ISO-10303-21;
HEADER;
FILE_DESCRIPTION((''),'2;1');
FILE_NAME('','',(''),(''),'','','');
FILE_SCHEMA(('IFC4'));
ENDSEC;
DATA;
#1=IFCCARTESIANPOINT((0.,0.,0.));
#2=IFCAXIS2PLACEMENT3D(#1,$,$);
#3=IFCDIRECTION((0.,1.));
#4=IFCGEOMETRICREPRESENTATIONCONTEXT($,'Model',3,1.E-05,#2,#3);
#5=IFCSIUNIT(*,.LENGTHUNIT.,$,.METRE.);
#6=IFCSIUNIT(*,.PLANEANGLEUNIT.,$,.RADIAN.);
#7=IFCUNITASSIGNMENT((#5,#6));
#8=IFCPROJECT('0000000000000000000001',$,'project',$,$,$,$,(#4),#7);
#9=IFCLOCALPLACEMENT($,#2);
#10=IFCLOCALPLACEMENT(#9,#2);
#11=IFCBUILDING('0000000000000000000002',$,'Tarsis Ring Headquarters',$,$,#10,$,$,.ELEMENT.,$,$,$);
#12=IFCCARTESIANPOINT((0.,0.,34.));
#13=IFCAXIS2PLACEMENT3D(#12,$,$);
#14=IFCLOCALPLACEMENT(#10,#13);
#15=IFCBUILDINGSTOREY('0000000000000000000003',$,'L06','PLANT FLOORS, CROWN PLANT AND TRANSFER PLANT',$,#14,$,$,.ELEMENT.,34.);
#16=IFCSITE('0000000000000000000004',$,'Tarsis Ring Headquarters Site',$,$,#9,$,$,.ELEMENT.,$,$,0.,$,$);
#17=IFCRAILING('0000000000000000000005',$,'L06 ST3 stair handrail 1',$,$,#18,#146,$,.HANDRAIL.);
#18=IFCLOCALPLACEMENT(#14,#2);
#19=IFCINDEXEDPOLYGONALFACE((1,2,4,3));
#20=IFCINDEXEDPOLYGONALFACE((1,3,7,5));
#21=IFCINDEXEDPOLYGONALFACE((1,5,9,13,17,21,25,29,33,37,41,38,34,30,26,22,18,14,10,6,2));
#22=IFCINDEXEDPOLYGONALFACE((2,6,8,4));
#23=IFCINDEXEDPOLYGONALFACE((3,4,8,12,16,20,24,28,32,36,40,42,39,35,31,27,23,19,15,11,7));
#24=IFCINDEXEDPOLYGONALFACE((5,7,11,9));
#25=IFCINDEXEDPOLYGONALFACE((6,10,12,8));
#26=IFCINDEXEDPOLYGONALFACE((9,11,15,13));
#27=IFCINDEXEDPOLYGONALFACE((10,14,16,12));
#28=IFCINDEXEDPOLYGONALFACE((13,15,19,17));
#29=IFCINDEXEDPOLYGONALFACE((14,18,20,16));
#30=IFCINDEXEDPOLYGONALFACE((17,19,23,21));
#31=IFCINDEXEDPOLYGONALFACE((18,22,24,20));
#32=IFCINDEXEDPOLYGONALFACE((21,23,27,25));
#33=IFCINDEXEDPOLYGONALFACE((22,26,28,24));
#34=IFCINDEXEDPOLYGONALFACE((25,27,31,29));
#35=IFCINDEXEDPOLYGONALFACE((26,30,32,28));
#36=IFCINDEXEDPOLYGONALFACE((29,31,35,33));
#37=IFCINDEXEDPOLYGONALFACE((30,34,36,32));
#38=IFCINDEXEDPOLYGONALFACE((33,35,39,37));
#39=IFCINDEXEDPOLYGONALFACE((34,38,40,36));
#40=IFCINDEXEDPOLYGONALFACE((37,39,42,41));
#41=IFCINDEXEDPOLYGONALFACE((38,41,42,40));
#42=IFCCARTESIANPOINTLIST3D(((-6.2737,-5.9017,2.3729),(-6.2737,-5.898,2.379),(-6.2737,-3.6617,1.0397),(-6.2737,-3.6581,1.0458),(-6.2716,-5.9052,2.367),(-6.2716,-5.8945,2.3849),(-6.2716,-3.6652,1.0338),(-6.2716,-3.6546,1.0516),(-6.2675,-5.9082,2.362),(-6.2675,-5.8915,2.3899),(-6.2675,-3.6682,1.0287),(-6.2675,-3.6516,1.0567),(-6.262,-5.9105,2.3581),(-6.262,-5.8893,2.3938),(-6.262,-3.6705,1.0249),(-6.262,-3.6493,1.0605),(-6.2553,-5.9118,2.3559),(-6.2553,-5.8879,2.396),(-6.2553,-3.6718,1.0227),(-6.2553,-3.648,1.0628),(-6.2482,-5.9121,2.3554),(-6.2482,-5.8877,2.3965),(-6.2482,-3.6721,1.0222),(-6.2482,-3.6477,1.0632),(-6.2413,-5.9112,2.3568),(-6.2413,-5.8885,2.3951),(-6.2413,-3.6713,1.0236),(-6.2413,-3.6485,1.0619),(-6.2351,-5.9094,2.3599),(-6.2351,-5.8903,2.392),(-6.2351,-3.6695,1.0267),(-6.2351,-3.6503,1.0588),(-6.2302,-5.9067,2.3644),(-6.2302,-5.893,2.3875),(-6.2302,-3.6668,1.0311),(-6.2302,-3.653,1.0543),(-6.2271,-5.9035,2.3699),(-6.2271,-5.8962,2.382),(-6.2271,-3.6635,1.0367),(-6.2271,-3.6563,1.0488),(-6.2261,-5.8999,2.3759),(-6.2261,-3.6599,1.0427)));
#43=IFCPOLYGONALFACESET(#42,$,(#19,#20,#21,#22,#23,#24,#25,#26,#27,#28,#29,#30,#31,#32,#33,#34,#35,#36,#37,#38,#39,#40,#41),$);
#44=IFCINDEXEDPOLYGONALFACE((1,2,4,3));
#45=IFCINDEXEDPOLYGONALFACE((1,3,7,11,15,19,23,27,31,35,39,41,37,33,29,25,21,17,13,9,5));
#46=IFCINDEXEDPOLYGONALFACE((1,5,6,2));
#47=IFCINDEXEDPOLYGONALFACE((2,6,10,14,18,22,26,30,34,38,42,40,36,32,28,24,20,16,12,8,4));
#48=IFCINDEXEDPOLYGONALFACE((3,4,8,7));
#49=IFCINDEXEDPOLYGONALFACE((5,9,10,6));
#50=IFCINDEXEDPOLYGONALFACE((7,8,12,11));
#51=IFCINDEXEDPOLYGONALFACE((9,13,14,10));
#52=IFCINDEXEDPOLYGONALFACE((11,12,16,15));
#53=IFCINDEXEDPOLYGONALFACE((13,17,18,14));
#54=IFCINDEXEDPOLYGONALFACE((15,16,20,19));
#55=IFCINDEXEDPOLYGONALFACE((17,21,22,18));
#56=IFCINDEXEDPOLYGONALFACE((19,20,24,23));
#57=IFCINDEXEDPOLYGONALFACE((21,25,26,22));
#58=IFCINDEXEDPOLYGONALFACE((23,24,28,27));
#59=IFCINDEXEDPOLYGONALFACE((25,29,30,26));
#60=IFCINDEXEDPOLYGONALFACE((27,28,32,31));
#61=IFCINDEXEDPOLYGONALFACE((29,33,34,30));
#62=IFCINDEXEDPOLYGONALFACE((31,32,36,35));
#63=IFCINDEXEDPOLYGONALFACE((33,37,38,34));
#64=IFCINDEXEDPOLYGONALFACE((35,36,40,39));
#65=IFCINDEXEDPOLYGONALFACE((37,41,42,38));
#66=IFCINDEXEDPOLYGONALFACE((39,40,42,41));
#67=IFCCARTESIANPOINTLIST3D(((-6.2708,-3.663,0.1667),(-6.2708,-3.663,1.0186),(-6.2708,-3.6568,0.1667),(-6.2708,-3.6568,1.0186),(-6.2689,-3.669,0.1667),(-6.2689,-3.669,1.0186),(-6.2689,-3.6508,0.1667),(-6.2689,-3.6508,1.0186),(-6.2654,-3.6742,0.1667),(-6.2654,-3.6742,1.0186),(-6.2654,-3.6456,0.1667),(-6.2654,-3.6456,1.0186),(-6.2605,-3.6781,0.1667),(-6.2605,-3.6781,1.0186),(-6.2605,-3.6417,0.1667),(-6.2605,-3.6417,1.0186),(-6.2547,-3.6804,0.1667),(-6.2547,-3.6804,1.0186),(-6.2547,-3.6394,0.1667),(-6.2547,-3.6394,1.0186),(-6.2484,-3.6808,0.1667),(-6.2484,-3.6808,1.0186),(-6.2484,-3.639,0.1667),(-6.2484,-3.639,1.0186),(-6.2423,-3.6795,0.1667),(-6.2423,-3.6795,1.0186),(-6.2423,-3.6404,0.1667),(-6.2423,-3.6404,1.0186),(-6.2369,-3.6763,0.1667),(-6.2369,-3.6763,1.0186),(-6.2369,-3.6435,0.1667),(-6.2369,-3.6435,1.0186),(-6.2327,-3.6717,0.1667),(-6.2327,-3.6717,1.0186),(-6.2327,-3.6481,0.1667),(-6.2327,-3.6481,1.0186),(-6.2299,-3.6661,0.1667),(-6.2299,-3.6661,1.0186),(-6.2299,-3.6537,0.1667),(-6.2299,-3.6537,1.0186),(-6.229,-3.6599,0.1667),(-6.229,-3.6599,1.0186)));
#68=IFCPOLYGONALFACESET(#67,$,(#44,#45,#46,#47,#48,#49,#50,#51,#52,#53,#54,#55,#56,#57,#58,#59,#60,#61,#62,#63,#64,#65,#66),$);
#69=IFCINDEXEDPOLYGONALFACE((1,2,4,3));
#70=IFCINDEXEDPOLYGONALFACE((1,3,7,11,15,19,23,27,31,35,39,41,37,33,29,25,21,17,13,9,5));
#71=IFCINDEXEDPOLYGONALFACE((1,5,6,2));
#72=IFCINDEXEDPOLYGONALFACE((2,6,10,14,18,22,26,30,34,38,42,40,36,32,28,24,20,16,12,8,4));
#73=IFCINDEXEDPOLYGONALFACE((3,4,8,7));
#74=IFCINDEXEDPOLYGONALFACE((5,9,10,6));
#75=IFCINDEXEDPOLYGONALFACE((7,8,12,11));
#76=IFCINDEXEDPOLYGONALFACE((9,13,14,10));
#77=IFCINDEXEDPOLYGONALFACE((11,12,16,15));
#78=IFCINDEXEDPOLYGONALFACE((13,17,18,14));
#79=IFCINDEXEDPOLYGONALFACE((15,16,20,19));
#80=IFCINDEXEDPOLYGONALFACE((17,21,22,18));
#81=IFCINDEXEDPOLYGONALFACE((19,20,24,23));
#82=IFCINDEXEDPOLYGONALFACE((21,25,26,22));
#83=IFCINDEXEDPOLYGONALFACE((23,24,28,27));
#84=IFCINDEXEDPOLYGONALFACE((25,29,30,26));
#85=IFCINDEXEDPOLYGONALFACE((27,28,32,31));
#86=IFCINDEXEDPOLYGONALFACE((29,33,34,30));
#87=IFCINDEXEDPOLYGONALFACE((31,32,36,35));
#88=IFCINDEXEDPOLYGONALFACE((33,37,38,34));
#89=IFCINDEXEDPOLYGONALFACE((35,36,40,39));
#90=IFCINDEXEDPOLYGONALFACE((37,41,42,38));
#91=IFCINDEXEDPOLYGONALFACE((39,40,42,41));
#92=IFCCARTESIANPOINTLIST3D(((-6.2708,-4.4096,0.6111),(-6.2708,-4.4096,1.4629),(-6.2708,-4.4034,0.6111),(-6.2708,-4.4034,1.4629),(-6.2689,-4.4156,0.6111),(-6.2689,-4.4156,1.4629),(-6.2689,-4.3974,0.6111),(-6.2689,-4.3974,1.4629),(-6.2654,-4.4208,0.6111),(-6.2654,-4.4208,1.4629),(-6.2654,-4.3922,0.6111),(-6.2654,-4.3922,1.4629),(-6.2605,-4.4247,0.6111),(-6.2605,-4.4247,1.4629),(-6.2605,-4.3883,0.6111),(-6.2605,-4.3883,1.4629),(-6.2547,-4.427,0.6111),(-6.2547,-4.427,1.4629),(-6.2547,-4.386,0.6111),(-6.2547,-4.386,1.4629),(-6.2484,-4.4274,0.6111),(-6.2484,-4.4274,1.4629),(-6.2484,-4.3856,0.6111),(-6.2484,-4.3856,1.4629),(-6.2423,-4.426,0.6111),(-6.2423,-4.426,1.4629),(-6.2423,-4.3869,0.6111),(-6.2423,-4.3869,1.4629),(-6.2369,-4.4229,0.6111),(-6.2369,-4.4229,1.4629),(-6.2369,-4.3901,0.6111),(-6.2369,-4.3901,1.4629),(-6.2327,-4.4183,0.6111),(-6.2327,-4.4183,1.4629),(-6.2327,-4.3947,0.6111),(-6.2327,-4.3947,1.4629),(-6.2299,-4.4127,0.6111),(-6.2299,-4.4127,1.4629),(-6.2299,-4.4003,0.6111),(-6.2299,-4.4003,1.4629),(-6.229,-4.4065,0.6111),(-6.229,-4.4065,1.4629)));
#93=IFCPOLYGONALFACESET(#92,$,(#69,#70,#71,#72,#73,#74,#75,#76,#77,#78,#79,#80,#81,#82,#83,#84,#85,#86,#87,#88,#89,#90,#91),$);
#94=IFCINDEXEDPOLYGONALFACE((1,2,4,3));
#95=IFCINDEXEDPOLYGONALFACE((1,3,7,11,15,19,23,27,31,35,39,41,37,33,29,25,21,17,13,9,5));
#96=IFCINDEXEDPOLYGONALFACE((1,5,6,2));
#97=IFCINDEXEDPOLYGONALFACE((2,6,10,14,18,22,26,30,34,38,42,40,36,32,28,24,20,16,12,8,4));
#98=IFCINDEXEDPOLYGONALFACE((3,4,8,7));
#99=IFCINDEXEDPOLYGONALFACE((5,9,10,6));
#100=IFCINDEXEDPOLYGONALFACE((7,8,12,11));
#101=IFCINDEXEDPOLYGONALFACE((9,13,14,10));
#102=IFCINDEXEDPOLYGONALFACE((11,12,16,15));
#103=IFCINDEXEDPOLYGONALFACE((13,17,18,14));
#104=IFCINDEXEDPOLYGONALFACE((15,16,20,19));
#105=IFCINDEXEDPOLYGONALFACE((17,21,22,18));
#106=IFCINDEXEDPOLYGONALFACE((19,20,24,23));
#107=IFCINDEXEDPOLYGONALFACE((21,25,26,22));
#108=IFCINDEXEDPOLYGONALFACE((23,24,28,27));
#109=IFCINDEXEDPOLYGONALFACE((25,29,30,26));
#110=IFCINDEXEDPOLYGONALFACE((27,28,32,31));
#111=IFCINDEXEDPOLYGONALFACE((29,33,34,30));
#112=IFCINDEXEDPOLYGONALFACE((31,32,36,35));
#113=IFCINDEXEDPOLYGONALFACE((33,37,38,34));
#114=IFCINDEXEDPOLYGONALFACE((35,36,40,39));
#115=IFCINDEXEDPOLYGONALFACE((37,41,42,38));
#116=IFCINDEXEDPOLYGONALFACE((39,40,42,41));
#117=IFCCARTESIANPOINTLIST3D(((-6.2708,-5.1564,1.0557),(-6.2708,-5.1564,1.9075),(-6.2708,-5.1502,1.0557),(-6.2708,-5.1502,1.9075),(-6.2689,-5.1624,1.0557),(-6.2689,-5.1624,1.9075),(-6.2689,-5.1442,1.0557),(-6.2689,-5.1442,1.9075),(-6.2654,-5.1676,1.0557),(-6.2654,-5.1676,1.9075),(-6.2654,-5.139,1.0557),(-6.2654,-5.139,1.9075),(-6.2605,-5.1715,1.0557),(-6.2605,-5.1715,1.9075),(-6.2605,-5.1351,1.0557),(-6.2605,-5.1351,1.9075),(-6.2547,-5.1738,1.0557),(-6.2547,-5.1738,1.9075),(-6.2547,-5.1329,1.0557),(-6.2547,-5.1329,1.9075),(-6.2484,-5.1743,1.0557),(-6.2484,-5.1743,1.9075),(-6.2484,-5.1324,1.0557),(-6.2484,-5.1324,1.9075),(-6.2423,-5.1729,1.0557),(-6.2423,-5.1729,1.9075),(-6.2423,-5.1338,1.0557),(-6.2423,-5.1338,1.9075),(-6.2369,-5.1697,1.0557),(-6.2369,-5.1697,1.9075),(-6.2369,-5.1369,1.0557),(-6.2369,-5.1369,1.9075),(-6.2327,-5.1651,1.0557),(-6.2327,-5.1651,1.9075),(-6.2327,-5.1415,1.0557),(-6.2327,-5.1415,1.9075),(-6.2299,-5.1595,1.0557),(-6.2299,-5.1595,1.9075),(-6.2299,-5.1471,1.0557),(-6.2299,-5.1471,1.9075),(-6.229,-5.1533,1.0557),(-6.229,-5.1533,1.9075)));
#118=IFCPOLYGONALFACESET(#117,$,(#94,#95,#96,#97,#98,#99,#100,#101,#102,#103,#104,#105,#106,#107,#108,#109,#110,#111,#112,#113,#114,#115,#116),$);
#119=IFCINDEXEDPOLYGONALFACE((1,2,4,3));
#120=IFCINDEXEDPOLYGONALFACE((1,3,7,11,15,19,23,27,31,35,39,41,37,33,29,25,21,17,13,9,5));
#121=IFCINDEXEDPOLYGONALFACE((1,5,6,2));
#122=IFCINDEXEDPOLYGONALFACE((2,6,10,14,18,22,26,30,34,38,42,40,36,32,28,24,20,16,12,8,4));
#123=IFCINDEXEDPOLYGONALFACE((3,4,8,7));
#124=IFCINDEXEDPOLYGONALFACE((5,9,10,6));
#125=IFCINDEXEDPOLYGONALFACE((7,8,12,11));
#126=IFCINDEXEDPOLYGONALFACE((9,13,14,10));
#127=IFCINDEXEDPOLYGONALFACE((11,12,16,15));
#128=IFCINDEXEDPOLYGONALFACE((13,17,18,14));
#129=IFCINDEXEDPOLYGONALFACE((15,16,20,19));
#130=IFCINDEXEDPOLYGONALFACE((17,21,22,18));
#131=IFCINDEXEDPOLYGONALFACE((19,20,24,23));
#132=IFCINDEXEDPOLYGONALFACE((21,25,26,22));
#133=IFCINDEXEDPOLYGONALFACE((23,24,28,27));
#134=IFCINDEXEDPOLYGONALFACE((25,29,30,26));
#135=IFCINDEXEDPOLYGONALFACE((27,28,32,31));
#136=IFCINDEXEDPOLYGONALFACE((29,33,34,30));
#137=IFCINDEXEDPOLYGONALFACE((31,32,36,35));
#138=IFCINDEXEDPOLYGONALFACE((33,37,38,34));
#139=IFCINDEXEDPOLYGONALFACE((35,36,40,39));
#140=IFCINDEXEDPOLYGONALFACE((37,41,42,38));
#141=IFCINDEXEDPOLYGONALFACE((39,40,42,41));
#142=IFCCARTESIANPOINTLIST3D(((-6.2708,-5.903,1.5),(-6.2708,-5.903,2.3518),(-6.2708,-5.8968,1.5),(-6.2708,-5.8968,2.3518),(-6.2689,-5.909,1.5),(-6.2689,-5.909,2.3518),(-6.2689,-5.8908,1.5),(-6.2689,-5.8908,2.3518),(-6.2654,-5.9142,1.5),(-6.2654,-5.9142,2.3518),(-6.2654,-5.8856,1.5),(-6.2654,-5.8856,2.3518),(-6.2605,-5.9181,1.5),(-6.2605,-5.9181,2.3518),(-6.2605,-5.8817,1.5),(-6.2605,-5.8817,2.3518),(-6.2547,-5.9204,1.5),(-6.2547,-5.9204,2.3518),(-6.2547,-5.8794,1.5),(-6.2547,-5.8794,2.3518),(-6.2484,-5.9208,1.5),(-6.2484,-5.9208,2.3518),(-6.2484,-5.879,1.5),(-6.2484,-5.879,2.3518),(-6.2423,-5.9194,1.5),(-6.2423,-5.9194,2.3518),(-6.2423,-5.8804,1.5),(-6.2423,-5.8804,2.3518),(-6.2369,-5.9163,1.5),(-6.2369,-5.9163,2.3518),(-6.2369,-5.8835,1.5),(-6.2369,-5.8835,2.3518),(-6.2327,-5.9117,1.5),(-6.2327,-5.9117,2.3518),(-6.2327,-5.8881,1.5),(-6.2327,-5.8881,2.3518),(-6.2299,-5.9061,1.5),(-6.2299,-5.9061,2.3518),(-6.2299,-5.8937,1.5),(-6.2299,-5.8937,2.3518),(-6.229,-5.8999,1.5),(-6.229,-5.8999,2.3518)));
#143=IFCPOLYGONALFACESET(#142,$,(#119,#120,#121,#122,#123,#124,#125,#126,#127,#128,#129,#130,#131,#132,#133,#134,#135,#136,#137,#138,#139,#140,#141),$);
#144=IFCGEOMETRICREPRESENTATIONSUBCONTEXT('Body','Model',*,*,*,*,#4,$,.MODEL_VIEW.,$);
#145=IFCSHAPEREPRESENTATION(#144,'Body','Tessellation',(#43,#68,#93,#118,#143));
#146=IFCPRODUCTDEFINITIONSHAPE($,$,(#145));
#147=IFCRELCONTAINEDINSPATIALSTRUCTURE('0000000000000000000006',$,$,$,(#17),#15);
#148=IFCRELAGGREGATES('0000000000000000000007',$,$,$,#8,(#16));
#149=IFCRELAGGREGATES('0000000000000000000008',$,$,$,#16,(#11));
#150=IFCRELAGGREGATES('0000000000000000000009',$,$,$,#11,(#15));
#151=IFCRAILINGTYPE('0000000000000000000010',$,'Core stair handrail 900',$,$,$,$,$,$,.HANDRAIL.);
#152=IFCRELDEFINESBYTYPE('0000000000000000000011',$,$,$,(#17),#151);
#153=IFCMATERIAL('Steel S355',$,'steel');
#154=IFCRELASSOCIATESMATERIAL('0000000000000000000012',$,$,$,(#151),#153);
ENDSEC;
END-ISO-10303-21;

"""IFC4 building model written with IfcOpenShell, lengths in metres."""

from ifc_helpers import new_model, si_unit, direction, frame, origin, origin_2d, place, context, subcontext, project, spatial, circle, extrude, material, type_object, element, save


model = new_model("IFC4")

# Units and contexts
model_context = context("Model", 3, precision=1e-05, world=origin(), true_north=direction((0.0, 1.0)))
body_context = subcontext(model_context, "Body", "Model", "MODEL_VIEW")
ifc_project = project(units=[si_unit("LENGTHUNIT", "METRE"), si_unit("PLANEANGLEUNIT", "RADIAN")], contexts=[model_context])

# Site, building, storey
site_placement = place(None, origin())
site = spatial("IfcSite", under=ifc_project, at=site_placement, Name="Tarsis Ring Headquarters Site", CompositionType="ELEMENT", RefElevation=0.0)
building_placement = place(site_placement, origin())
building = spatial("IfcBuilding", under=site, at=building_placement, Name="Tarsis Ring Headquarters", CompositionType="ELEMENT")
storey_placement = place(building_placement, frame((0.0, 0.0, 34.0)))
storey = spatial("IfcBuildingStorey", under=building, at=storey_placement, Name="L06", Description="PLANT FLOORS, CROWN PLANT AND TRANSFER PLANT", CompositionType="ELEMENT", Elevation=34.0)

# Shared definitions
ifc_material_1 = material(Name="Steel S355", Category="steel")

# Railing
railing_type_1 = type_object("IfcRailingType", Name="Core stair handrail 900", PredefinedType="HANDRAIL", material=ifc_material_1)
railing_1_placement = place(storey_placement, frame((-6.25, -3.6599, 0.1667)))
element("IfcRailing", 1, at=railing_1_placement, inside=storey, type_object=railing_type_1, Name="L06 ST3 stair handrail 1", PredefinedType="HANDRAIL", context=body_context, shape_type="SweptSolid", body=[
    extrude(circle(Radius=0.0239, at=origin_2d()), frame((0.0, 0.0, 0.876), z_axis=(0.0, -0.859306, 0.511462), x_axis=(1.0, 0.0, 0.0)), (0.0, 0.0, 1.0), 2.6067),
    extrude(circle(Radius=0.021, at=origin_2d()), origin(), (0.0, 0.0, 1.0), 0.8518),
    extrude(circle(Radius=0.021, at=origin_2d()), frame((0.0, -0.7466, 0.4443)), (0.0, 0.0, 1.0), 0.8518),
    extrude(circle(Radius=0.021, at=origin_2d()), frame((0.0, -1.4934, 0.8889)), (0.0, 0.0, 1.0), 0.8518),
    extrude(circle(Radius=0.021, at=origin_2d()), frame((0.0, -2.24, 1.3333)), (0.0, 0.0, 1.0), 0.8518),
])

save(model, "model.ifc")
